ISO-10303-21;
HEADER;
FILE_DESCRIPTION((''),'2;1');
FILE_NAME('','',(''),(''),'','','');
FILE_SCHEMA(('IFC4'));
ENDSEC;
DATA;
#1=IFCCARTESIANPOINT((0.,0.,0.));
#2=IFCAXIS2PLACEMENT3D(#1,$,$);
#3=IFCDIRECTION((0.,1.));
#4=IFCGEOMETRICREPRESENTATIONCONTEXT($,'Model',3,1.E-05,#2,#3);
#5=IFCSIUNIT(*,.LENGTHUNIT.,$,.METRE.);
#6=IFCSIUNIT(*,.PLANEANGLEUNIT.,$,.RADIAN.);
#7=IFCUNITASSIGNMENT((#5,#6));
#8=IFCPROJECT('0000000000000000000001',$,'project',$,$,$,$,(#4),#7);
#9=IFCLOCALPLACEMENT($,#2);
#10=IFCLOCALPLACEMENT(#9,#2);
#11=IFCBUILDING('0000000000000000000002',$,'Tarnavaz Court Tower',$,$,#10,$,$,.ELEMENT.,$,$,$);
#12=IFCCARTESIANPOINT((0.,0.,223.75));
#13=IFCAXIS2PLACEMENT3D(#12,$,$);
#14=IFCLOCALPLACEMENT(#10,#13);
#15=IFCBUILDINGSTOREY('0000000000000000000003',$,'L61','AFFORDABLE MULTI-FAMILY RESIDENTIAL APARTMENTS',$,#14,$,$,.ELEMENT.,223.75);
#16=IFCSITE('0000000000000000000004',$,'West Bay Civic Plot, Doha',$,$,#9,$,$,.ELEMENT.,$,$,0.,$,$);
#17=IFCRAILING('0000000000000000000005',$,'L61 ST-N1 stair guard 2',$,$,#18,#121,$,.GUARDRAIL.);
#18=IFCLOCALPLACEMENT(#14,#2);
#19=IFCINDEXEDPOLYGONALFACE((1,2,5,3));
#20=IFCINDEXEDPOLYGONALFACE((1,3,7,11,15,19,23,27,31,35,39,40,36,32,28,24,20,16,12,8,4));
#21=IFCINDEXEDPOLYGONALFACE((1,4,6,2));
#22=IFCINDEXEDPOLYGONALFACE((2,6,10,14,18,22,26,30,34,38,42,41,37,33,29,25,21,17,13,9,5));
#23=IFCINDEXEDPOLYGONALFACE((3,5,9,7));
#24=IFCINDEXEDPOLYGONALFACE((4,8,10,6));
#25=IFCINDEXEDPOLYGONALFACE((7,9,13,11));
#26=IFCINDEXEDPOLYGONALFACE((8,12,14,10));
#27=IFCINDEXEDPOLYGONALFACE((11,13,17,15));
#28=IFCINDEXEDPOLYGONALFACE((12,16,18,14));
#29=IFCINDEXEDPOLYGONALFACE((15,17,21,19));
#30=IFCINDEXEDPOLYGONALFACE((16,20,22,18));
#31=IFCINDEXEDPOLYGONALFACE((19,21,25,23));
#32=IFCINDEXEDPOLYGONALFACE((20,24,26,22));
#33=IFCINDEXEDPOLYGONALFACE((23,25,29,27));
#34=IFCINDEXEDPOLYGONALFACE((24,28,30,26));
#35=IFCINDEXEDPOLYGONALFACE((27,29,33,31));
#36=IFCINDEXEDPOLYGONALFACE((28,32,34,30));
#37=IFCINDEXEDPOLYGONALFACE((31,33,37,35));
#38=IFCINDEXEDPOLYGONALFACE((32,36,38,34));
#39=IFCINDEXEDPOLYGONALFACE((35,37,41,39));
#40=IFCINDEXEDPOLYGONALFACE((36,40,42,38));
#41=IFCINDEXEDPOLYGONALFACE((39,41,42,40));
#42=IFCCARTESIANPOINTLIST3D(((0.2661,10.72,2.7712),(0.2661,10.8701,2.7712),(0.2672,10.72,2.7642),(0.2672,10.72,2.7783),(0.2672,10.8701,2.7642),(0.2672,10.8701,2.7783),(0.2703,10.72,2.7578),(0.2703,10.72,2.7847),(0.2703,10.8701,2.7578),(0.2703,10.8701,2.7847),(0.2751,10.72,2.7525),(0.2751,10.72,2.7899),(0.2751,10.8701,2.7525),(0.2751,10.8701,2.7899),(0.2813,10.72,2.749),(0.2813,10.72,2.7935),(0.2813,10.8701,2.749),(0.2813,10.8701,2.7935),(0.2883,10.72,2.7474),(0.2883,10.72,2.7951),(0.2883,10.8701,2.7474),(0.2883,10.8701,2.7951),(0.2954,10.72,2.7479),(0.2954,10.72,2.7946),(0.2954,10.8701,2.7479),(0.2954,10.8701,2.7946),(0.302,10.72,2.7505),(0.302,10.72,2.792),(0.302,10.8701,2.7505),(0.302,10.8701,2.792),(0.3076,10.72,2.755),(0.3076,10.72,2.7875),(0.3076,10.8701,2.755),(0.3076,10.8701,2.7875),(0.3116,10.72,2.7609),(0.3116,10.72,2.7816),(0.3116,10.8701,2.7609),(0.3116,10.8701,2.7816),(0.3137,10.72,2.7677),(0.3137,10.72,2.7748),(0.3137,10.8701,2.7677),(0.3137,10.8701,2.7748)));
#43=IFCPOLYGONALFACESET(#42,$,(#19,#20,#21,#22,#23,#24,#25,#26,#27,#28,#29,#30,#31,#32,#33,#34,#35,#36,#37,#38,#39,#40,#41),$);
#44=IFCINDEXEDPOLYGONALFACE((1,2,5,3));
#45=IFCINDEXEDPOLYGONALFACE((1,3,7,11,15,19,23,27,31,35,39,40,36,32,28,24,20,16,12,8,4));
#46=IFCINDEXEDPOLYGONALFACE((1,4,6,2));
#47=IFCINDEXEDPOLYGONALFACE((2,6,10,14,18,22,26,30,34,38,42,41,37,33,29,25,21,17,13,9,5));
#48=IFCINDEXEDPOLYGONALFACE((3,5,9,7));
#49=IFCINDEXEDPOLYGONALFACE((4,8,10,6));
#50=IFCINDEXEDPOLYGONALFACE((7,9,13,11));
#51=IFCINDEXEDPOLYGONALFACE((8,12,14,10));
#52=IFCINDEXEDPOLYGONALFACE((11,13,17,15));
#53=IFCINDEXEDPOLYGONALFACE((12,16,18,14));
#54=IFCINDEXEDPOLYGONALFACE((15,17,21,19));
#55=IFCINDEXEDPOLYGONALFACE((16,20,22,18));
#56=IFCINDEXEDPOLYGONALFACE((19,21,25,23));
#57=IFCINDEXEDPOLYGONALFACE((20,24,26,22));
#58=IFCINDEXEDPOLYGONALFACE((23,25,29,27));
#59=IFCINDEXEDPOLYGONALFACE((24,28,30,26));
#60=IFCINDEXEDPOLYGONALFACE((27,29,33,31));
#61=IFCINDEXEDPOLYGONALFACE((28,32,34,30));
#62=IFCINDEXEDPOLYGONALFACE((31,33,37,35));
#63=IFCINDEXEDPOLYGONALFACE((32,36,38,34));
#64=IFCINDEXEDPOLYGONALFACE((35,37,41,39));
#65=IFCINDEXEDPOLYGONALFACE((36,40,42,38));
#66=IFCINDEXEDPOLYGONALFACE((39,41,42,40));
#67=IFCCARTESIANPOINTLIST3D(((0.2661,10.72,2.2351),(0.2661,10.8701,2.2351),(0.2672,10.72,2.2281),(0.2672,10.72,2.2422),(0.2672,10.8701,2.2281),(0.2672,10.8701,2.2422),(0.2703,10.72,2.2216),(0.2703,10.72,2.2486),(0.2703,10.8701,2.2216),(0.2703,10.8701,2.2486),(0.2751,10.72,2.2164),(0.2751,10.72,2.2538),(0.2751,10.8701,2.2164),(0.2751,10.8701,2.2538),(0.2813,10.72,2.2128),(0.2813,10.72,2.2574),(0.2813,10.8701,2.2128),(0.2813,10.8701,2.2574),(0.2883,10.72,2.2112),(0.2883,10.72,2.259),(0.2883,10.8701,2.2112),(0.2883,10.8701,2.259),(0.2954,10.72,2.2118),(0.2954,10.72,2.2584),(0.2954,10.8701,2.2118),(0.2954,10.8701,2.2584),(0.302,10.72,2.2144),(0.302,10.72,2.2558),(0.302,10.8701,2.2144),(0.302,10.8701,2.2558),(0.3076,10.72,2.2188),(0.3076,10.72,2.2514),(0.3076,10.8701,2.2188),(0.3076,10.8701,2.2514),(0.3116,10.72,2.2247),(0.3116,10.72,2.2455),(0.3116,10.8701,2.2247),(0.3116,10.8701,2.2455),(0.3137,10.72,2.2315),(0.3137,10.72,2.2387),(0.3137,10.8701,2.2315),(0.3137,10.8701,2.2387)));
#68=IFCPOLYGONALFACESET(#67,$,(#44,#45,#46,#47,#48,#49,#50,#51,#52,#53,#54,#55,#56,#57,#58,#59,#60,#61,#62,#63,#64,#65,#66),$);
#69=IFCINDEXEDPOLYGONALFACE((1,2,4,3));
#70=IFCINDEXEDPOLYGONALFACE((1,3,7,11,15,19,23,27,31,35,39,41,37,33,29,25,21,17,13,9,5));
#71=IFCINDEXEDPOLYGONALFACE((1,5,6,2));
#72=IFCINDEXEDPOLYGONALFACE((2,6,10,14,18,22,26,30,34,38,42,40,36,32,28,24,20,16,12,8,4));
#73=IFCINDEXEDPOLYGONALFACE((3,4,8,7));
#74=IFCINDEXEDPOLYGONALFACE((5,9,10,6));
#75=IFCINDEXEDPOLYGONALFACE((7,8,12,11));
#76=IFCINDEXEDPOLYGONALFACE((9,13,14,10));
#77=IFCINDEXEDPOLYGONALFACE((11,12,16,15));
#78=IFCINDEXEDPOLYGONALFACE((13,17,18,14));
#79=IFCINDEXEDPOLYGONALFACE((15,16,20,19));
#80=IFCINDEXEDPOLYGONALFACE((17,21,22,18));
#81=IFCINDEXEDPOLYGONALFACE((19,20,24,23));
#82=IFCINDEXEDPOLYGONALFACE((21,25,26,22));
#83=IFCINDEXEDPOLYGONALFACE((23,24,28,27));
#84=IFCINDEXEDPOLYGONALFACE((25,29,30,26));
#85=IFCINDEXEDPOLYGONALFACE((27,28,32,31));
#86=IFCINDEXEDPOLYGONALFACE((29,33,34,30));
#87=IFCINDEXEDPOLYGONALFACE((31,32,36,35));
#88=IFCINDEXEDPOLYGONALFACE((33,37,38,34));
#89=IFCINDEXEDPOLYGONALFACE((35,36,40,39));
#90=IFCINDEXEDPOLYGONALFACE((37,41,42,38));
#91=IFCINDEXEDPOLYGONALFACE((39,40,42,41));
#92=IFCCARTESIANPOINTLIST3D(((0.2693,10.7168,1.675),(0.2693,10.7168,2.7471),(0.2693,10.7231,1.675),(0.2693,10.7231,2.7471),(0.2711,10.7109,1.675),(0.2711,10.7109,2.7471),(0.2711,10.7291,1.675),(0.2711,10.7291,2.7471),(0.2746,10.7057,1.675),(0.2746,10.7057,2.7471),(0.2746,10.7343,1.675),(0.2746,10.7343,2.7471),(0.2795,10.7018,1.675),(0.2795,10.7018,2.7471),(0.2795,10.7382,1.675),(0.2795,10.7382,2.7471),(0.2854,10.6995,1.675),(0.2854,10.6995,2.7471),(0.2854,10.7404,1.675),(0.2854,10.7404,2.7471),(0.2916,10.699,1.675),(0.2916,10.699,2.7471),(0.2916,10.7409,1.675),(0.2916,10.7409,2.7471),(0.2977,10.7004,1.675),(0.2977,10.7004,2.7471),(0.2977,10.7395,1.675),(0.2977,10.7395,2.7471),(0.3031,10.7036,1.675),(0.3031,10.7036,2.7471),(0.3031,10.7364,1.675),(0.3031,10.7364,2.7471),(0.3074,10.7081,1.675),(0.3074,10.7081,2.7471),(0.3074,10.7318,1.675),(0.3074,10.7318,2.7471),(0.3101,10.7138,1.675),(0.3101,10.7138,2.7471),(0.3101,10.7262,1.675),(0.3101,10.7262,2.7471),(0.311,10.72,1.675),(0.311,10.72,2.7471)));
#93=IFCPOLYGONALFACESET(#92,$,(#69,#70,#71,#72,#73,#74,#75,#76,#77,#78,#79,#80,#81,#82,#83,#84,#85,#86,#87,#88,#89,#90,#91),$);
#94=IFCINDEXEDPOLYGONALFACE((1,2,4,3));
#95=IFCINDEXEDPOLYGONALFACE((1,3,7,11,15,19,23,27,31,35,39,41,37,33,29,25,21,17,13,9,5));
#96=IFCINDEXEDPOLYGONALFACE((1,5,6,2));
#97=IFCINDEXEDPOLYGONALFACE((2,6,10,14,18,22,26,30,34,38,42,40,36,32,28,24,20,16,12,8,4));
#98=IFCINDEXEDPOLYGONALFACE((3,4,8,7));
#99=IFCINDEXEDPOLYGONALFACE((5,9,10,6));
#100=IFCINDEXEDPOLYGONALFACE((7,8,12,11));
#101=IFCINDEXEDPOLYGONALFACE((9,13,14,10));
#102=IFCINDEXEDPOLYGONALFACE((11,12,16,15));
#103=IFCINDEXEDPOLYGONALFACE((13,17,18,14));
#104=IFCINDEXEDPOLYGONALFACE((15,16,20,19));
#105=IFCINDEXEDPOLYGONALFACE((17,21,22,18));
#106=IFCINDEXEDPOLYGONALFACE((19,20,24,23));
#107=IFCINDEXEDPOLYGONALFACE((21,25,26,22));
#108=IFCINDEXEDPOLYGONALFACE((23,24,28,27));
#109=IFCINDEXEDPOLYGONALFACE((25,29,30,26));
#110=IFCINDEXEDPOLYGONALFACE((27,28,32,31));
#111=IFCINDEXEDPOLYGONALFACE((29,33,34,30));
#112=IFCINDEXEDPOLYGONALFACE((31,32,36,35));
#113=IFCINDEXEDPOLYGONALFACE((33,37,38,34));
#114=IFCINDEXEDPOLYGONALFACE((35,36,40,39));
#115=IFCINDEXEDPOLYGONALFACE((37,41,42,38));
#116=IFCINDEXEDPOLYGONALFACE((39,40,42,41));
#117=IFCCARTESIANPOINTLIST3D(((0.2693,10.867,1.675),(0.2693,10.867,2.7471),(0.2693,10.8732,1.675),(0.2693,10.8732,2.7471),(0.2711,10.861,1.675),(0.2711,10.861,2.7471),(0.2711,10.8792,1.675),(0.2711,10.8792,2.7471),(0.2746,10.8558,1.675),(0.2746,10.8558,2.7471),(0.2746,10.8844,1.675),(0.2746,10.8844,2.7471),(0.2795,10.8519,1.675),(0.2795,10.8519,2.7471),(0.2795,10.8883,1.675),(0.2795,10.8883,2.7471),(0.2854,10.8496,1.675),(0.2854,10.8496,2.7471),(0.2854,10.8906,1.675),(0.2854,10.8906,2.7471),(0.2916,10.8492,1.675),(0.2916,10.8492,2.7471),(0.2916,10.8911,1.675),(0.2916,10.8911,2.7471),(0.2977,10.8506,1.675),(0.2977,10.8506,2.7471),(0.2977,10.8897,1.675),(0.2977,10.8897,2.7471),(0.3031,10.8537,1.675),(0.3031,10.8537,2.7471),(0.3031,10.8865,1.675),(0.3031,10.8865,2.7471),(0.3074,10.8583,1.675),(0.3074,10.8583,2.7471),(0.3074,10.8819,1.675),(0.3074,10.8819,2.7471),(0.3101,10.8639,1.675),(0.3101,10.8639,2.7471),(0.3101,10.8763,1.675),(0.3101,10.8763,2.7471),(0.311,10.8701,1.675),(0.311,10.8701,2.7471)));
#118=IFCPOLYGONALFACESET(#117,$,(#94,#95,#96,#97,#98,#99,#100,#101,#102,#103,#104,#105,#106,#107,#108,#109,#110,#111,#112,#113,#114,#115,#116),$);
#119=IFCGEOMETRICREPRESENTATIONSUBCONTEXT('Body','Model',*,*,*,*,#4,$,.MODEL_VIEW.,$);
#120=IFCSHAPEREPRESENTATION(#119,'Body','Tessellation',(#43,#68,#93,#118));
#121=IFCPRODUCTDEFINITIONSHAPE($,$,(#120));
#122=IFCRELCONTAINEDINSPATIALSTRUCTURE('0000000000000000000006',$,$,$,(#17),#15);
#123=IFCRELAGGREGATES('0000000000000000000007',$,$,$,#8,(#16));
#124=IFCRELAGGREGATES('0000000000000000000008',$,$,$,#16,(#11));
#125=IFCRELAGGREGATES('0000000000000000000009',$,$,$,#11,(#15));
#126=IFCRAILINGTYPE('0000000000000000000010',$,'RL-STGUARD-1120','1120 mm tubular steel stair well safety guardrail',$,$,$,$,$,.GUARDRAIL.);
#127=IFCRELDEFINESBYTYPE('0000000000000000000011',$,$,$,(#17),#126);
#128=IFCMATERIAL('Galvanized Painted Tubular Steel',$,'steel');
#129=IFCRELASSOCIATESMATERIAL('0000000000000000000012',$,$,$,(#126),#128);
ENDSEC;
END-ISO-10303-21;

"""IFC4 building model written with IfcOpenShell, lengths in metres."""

from ifc_helpers import new_model, si_unit, direction, frame, origin, origin_2d, place, context, subcontext, project, spatial, circle, extrude, material, type_object, element, save


model = new_model("IFC4")

# Units and contexts
model_context = context("Model", 3, precision=1e-05, world=origin(), true_north=direction((0.0, 1.0)))
body_context = subcontext(model_context, "Body", "Model", "MODEL_VIEW")
ifc_project = project(units=[si_unit("LENGTHUNIT", "METRE"), si_unit("PLANEANGLEUNIT", "RADIAN")], contexts=[model_context])

# Site, building, storey
site_placement = place(None, origin())
site = spatial("IfcSite", under=ifc_project, at=site_placement, Name="West Bay Civic Plot, Doha", CompositionType="ELEMENT", RefElevation=0.0)
building_placement = place(site_placement, origin())
building = spatial("IfcBuilding", under=site, at=building_placement, Name="Tarnavaz Court Tower", CompositionType="ELEMENT")
storey_placement = place(building_placement, frame((0.0, 0.0, 223.75)))
storey = spatial("IfcBuildingStorey", under=building, at=storey_placement, Name="L61", Description="AFFORDABLE MULTI-FAMILY RESIDENTIAL APARTMENTS", CompositionType="ELEMENT", Elevation=223.75)

# Railing
ifc_material_1 = material(Name="Galvanized Painted Tubular Steel", Category="steel")
railing_type_1 = type_object("IfcRailingType", Name="RL-STGUARD-1120", Description="1120 mm tubular steel stair well safety guardrail", PredefinedType="GUARDRAIL", material=ifc_material_1)
railing_1_placement = place(storey_placement, frame((0.29, 10.72, 1.675)))
element("IfcRailing", 1, at=railing_1_placement, inside=storey, type_object=railing_type_1, Name="L61 ST-N1 stair guard 2", PredefinedType="GUARDRAIL", context=body_context, shape_type="SweptSolid", body=[
    extrude(circle(Radius=0.0239, at=origin_2d()), frame((0.0, 0.0, 1.0962), z_axis=(0.0, 1.0, 0.0), x_axis=(-1.0, 0.0, 0.0)), (0.0, 0.0, 1.0), 0.1501),
    extrude(circle(Radius=0.0239, at=origin_2d()), frame((0.0, 0.0, 0.5601), z_axis=(0.0, 1.0, 0.0), x_axis=(-1.0, 0.0, 0.0)), (0.0, 0.0, 1.0), 0.1501),
    extrude(circle(Radius=0.021, at=origin_2d()), origin(), (0.0, 0.0, 1.0), 1.072),
    extrude(circle(Radius=0.021, at=origin_2d()), frame((0.0, 0.1501, 0.0)), (0.0, 0.0, 1.0), 1.072),
])

save(model, "model.ifc")
